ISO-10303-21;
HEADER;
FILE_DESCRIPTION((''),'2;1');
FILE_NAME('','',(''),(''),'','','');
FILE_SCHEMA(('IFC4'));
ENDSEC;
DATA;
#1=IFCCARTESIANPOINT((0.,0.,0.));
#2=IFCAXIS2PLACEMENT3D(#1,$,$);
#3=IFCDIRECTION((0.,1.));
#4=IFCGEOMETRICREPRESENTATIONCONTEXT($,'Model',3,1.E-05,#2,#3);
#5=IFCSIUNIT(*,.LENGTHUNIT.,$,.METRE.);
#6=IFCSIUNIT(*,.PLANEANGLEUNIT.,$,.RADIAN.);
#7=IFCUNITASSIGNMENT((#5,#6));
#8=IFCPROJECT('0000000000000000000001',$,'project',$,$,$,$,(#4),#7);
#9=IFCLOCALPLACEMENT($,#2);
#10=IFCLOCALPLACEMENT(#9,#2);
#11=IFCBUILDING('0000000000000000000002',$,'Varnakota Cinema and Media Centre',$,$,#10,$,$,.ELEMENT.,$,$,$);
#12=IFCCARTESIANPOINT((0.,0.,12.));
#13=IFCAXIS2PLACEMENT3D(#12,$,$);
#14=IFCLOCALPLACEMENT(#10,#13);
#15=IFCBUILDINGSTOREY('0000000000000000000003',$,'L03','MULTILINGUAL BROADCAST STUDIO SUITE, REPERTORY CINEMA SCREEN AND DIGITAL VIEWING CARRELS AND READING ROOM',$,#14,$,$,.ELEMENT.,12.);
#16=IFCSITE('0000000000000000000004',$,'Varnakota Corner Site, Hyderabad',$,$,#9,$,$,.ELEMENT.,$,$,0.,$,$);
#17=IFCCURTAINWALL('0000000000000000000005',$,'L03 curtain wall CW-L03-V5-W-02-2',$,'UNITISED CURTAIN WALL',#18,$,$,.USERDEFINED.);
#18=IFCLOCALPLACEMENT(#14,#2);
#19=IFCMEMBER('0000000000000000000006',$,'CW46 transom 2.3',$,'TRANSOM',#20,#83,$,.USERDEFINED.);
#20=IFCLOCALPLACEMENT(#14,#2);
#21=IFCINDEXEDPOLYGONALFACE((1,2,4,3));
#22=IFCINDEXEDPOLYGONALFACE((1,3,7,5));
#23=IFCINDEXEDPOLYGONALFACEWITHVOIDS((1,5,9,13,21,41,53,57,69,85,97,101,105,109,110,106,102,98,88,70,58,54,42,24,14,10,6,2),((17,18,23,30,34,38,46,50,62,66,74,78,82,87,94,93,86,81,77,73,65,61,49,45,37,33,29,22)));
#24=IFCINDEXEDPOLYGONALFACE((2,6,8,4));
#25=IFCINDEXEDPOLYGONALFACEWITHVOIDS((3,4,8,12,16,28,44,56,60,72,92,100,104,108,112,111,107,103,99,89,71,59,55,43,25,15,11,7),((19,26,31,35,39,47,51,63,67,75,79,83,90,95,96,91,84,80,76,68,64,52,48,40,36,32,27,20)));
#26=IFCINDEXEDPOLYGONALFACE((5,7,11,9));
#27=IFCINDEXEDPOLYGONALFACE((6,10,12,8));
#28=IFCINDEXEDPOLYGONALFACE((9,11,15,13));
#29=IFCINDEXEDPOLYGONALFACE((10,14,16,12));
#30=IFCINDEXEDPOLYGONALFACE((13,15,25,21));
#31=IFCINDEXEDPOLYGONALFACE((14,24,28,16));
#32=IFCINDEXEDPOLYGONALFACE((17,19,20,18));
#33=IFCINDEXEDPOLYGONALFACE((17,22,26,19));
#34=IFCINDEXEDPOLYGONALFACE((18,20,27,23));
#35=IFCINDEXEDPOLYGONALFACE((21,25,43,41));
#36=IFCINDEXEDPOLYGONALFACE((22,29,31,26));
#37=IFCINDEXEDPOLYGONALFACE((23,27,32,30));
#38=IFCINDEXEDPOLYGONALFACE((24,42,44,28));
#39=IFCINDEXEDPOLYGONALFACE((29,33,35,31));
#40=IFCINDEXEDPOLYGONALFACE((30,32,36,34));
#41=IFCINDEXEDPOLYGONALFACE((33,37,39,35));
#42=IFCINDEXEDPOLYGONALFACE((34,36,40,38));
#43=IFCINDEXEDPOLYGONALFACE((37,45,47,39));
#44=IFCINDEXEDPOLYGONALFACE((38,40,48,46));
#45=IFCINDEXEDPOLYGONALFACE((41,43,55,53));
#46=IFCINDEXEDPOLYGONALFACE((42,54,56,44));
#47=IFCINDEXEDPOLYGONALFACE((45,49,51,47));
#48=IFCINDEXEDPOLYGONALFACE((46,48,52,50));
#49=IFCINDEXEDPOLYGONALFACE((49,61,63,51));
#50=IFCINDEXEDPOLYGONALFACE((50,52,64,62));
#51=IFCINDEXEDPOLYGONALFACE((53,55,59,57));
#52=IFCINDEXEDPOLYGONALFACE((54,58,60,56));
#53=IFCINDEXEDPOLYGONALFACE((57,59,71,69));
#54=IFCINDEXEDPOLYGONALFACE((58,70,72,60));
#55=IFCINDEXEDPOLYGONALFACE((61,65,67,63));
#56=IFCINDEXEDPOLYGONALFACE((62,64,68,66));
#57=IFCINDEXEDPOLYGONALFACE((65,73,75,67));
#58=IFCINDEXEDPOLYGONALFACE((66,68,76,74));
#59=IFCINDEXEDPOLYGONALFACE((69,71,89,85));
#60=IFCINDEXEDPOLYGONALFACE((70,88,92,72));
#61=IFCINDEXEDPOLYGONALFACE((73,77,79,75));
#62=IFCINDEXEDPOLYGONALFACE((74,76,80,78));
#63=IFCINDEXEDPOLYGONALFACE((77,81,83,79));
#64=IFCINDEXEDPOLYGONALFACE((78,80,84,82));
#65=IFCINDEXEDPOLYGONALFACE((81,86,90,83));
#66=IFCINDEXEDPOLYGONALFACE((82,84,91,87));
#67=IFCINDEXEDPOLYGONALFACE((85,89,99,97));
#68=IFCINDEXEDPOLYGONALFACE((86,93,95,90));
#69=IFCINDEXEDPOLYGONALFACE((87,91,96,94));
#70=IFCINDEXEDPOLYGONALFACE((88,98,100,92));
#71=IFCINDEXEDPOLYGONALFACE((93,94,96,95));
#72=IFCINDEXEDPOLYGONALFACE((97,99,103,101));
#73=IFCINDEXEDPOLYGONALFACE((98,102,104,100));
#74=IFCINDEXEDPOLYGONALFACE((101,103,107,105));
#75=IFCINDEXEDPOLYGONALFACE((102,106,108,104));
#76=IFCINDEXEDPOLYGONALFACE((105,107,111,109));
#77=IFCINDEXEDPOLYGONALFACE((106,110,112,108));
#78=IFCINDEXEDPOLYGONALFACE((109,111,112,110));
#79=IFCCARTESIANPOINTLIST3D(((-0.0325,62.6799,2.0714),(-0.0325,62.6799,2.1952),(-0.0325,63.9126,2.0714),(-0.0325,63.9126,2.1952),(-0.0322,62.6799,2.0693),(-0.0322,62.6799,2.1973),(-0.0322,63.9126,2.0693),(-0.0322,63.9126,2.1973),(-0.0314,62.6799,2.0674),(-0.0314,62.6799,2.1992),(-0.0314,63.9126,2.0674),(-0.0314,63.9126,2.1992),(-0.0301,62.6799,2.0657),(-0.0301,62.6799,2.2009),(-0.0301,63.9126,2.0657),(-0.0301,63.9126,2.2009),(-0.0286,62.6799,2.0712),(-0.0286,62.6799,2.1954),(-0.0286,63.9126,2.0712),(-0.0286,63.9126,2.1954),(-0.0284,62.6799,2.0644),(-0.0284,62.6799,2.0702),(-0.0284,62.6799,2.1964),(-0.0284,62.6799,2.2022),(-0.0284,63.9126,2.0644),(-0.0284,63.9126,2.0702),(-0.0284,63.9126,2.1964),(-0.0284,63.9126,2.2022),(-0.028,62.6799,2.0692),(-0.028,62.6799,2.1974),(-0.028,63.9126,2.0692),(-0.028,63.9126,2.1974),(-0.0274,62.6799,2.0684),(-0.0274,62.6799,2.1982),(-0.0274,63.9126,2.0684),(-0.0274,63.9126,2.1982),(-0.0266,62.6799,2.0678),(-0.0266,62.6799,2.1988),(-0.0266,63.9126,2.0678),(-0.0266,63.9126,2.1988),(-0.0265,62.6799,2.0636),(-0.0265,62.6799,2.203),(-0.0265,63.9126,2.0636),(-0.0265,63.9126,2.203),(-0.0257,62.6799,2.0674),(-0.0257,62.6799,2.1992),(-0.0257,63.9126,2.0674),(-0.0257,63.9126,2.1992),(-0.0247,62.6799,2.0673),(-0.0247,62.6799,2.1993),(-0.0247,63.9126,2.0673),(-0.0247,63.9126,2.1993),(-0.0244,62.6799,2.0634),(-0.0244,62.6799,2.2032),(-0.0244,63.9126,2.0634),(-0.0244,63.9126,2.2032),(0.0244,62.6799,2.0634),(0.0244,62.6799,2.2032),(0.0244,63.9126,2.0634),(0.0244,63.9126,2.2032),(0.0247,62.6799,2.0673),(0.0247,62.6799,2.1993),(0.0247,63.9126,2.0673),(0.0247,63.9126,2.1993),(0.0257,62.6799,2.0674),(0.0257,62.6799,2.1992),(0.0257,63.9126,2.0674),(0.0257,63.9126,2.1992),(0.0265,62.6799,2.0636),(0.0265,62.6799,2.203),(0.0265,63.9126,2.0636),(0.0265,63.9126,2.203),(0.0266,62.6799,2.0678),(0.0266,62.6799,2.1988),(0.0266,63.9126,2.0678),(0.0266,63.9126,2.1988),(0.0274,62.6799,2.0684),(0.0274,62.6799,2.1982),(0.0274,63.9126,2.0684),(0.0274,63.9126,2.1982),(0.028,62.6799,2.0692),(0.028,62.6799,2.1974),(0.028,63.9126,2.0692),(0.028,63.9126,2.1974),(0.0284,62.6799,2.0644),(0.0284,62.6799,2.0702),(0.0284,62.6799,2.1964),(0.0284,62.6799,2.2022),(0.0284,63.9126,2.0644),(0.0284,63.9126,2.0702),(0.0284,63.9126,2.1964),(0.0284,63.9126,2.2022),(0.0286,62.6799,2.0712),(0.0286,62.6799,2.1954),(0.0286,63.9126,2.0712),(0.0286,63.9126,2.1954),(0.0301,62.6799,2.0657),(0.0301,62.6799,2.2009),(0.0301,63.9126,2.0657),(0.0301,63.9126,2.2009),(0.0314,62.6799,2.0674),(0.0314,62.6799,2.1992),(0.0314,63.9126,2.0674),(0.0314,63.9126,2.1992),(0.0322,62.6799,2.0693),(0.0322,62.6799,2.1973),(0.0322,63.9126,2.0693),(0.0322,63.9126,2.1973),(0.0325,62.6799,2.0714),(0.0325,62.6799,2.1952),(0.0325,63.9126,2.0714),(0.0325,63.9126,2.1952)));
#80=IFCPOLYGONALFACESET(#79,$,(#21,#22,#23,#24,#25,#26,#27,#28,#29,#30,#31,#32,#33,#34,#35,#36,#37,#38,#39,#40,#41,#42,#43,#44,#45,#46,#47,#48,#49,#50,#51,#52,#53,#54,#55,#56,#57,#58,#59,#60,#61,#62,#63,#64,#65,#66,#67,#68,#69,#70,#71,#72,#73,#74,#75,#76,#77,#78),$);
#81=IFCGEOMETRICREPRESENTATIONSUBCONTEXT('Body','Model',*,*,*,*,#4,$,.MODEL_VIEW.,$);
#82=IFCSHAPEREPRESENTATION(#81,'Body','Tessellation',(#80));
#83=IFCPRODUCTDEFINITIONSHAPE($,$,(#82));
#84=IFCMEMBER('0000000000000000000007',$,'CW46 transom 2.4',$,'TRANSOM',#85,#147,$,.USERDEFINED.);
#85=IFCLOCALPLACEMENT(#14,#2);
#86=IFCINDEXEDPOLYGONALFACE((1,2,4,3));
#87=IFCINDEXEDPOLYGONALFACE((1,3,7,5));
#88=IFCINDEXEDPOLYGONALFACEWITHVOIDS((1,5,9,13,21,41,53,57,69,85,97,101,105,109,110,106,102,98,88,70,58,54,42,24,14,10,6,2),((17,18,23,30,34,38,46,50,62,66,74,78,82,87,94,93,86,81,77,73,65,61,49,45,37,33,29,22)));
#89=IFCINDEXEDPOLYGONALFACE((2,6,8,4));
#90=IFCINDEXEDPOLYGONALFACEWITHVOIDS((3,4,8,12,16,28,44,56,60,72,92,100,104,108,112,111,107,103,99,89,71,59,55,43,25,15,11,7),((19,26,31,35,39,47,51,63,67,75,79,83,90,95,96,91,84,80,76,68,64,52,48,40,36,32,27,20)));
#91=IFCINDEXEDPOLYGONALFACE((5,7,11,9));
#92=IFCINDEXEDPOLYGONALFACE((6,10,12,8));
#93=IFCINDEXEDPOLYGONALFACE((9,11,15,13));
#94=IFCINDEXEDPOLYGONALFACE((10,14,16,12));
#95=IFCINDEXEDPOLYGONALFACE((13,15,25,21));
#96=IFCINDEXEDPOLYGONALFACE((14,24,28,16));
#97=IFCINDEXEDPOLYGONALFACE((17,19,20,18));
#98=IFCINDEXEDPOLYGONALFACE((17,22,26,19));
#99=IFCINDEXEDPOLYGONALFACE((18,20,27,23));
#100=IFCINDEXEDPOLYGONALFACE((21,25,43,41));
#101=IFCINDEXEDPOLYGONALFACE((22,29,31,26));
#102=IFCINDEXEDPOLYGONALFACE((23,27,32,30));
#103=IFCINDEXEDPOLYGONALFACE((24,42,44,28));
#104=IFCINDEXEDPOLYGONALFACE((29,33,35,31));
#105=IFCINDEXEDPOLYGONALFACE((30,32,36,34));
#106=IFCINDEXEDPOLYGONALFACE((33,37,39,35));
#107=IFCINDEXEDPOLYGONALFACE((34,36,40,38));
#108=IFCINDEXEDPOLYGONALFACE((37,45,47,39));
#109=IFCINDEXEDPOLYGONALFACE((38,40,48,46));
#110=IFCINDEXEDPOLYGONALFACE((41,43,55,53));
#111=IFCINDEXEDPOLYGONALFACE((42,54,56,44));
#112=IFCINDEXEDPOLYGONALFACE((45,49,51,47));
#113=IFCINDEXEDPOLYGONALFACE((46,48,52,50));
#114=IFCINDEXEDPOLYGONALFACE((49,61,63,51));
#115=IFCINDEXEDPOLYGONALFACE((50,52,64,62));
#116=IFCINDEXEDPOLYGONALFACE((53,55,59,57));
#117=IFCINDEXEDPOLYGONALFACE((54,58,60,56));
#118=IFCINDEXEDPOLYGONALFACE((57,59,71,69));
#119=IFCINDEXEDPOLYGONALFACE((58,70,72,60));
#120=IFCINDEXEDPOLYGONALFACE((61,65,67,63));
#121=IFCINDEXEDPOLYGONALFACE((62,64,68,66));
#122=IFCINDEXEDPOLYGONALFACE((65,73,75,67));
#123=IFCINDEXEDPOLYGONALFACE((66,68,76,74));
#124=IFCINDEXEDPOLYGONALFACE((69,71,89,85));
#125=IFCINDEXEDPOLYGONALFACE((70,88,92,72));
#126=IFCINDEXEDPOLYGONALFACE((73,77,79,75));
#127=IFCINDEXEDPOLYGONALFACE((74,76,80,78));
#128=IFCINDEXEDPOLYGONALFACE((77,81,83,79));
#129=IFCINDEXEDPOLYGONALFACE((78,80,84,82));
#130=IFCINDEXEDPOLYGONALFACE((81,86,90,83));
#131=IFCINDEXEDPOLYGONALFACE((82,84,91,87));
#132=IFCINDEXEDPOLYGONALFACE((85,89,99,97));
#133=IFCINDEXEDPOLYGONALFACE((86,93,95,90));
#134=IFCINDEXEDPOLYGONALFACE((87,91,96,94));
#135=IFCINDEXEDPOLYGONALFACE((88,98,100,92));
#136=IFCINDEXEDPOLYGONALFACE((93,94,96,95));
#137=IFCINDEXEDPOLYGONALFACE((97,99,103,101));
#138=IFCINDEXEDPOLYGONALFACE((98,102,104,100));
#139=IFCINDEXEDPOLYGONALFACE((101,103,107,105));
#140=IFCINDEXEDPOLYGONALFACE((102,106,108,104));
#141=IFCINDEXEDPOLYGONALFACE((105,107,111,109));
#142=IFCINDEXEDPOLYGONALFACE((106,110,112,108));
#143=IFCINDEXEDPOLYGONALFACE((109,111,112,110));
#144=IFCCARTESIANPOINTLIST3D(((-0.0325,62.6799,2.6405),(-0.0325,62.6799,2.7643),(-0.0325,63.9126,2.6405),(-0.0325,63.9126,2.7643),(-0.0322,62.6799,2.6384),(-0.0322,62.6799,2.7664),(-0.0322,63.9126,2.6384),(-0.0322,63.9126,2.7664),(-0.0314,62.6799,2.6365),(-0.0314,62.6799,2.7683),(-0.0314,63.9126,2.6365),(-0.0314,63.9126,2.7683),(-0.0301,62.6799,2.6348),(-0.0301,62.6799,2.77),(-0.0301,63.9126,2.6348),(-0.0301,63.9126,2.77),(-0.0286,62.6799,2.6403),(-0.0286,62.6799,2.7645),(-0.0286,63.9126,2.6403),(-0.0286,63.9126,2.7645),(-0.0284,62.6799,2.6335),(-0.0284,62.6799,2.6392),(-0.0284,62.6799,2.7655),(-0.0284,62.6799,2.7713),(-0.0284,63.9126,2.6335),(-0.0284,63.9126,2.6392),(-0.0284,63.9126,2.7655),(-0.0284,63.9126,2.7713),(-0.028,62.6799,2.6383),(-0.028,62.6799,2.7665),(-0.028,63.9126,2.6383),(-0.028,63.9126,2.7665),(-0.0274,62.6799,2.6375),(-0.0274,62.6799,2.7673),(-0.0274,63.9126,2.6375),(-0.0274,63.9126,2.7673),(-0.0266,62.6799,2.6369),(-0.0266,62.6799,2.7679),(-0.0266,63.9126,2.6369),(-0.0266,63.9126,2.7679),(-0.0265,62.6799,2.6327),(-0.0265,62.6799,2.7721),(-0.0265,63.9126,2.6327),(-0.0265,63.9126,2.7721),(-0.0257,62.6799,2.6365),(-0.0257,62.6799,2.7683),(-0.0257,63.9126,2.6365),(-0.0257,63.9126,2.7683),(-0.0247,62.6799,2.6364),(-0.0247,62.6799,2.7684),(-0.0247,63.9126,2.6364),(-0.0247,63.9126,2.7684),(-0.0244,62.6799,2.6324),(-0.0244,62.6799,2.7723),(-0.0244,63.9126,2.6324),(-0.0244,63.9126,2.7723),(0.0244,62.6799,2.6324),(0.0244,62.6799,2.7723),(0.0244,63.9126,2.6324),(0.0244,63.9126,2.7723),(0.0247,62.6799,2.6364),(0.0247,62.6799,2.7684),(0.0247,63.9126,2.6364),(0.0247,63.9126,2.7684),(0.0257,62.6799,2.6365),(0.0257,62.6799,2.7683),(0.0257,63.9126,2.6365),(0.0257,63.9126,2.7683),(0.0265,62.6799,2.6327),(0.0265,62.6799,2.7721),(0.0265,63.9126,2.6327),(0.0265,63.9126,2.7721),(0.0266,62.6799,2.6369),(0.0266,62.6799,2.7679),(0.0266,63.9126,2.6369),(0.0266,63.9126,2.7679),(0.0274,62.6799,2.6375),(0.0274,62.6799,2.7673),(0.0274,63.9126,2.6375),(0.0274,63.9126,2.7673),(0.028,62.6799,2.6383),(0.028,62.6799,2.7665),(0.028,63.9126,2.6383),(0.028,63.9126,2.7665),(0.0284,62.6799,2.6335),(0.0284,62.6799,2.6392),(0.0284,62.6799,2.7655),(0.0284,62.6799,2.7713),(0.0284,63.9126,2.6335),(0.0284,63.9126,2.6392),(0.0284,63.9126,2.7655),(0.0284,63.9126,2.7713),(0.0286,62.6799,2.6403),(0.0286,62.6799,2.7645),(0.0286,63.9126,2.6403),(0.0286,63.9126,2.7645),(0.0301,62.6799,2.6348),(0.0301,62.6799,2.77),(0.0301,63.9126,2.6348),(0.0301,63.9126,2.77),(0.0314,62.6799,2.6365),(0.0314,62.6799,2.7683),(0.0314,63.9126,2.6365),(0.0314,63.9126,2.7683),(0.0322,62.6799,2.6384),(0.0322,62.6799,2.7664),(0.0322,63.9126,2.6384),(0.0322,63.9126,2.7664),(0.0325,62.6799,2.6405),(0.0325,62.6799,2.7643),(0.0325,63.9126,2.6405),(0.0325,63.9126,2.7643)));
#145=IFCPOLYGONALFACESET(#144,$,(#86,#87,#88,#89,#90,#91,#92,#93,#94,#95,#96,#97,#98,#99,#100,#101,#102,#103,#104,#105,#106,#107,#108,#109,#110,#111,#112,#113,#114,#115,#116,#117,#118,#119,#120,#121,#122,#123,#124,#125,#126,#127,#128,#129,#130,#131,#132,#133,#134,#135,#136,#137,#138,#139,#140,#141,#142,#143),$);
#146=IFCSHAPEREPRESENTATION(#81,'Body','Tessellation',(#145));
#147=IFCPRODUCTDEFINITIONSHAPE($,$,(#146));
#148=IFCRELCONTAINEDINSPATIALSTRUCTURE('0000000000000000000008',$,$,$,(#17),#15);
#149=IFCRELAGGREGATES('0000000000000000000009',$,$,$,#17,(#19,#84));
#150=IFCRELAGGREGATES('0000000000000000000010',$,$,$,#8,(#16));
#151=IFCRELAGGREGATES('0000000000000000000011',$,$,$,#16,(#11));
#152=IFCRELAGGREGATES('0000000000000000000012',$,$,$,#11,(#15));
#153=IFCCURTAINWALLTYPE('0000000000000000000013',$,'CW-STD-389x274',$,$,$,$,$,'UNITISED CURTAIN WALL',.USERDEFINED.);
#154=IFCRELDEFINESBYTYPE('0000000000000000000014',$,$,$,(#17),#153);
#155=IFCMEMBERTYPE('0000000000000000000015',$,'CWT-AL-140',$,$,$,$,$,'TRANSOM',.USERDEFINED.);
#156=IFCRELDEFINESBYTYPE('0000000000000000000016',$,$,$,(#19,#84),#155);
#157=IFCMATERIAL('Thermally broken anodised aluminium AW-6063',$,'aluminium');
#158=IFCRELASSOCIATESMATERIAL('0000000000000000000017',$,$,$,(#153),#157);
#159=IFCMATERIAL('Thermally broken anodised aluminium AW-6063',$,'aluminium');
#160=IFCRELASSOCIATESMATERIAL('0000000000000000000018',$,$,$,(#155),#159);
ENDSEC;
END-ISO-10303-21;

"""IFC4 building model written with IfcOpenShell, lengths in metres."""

from ifc_helpers import new_model, si_unit, direction, frame, origin, origin_2d, place, context, subcontext, project, spatial, hollow_rectangle, extrude, material, material_profile, profile_set, type_object, element, aggregate, save


model = new_model("IFC4")

# Units and contexts
model_context = context("Model", 3, precision=1e-05, world=origin(), true_north=direction((0.0, 1.0)))
body_context = subcontext(model_context, "Body", "Model", "MODEL_VIEW")
ifc_project = project(units=[si_unit("LENGTHUNIT", "METRE"), si_unit("PLANEANGLEUNIT", "RADIAN")], contexts=[model_context])

# Site, building, storey
site_placement = place(None, origin())
site = spatial("IfcSite", under=ifc_project, at=site_placement, Name="Varnakota Corner Site, Hyderabad", CompositionType="ELEMENT", RefElevation=0.0)
building_placement = place(site_placement, origin())
building = spatial("IfcBuilding", under=site, at=building_placement, Name="Varnakota Cinema and Media Centre", CompositionType="ELEMENT")
storey_placement = place(building_placement, frame((0.0, 0.0, 12.0)))
storey = spatial("IfcBuildingStorey", under=building, at=storey_placement, Name="L03", Description="MULTILINGUAL BROADCAST STUDIO SUITE, REPERTORY CINEMA SCREEN AND DIGITAL VIEWING CARRELS AND READING ROOM", CompositionType="ELEMENT", Elevation=12.0)

# Shared definitions
ifc_material_1 = material(Name="Thermally broken anodised aluminium AW-6063", Category="aluminium")
curtain_wall_type = type_object("IfcCurtainWallType", Name="CW-STD-389x274", ElementType="UNITISED CURTAIN WALL", PredefinedType="USERDEFINED", material=ifc_material_1)

# Curtain wall, members
curtain_wall_1_placement = place(storey_placement, origin())
curtain_wall_1 = element("IfcCurtainWall", 1, at=curtain_wall_1_placement, inside=storey, type_object=curtain_wall_type, Name="L03 curtain wall CW-L03-V5-W-02-2", ObjectType="UNITISED CURTAIN WALL", PredefinedType="USERDEFINED")
ifc_material_2 = material(Name="Thermally broken anodised aluminium AW-6063", Category="aluminium")
ifc_material_profile_1 = material_profile(ifc_material_2, hollow_rectangle(XDim=0.0649, YDim=0.1399, WallThickness=0.0039, InnerFilletRadius=0.0039, OuterFilletRadius=0.0081, at=origin_2d()), Name="AL-TRANSOM 140x65x4")
ifc_profile_set_1 = profile_set([ifc_material_profile_1], Name="Thermally broken anodised aluminium AW-6063")
member_type_1 = type_object("IfcMemberType", Name="CWT-AL-140", ElementType="TRANSOM", PredefinedType="USERDEFINED", material=ifc_profile_set_1)
member_1_placement = place(storey_placement, frame((0.0, 63.9126, 2.1333), z_axis=(0.0, -1.0, 0.0), x_axis=(1.0, 0.0, 0.0)))
member_1 = element("IfcMember", 2, at=member_1_placement, type_object=member_type_1, Name="CW46 transom 2.3", ObjectType="TRANSOM", PredefinedType="USERDEFINED", context=body_context, shape_type="SweptSolid", body=[
    extrude(hollow_rectangle(XDim=0.0649, YDim=0.1399, WallThickness=0.0039, InnerFilletRadius=0.0039, OuterFilletRadius=0.0081, at=origin_2d()), origin(), (0.0, 0.0, 1.0), 1.2327),
])
member_2_placement = place(storey_placement, frame((0.0, 63.9126, 2.7024), z_axis=(0.0, -1.0, 0.0), x_axis=(1.0, 0.0, 0.0)))
member_2 = element("IfcMember", 3, at=member_2_placement, type_object=member_type_1, Name="CW46 transom 2.4", ObjectType="TRANSOM", PredefinedType="USERDEFINED", context=body_context, shape_type="SweptSolid", body=[
    extrude(hollow_rectangle(XDim=0.0649, YDim=0.1399, WallThickness=0.0039, InnerFilletRadius=0.0039, OuterFilletRadius=0.0081, at=origin_2d()), origin(), (0.0, 0.0, 1.0), 1.2327),
])

aggregate(curtain_wall_1, [member_1, member_2])

save(model, "model.ifc")
